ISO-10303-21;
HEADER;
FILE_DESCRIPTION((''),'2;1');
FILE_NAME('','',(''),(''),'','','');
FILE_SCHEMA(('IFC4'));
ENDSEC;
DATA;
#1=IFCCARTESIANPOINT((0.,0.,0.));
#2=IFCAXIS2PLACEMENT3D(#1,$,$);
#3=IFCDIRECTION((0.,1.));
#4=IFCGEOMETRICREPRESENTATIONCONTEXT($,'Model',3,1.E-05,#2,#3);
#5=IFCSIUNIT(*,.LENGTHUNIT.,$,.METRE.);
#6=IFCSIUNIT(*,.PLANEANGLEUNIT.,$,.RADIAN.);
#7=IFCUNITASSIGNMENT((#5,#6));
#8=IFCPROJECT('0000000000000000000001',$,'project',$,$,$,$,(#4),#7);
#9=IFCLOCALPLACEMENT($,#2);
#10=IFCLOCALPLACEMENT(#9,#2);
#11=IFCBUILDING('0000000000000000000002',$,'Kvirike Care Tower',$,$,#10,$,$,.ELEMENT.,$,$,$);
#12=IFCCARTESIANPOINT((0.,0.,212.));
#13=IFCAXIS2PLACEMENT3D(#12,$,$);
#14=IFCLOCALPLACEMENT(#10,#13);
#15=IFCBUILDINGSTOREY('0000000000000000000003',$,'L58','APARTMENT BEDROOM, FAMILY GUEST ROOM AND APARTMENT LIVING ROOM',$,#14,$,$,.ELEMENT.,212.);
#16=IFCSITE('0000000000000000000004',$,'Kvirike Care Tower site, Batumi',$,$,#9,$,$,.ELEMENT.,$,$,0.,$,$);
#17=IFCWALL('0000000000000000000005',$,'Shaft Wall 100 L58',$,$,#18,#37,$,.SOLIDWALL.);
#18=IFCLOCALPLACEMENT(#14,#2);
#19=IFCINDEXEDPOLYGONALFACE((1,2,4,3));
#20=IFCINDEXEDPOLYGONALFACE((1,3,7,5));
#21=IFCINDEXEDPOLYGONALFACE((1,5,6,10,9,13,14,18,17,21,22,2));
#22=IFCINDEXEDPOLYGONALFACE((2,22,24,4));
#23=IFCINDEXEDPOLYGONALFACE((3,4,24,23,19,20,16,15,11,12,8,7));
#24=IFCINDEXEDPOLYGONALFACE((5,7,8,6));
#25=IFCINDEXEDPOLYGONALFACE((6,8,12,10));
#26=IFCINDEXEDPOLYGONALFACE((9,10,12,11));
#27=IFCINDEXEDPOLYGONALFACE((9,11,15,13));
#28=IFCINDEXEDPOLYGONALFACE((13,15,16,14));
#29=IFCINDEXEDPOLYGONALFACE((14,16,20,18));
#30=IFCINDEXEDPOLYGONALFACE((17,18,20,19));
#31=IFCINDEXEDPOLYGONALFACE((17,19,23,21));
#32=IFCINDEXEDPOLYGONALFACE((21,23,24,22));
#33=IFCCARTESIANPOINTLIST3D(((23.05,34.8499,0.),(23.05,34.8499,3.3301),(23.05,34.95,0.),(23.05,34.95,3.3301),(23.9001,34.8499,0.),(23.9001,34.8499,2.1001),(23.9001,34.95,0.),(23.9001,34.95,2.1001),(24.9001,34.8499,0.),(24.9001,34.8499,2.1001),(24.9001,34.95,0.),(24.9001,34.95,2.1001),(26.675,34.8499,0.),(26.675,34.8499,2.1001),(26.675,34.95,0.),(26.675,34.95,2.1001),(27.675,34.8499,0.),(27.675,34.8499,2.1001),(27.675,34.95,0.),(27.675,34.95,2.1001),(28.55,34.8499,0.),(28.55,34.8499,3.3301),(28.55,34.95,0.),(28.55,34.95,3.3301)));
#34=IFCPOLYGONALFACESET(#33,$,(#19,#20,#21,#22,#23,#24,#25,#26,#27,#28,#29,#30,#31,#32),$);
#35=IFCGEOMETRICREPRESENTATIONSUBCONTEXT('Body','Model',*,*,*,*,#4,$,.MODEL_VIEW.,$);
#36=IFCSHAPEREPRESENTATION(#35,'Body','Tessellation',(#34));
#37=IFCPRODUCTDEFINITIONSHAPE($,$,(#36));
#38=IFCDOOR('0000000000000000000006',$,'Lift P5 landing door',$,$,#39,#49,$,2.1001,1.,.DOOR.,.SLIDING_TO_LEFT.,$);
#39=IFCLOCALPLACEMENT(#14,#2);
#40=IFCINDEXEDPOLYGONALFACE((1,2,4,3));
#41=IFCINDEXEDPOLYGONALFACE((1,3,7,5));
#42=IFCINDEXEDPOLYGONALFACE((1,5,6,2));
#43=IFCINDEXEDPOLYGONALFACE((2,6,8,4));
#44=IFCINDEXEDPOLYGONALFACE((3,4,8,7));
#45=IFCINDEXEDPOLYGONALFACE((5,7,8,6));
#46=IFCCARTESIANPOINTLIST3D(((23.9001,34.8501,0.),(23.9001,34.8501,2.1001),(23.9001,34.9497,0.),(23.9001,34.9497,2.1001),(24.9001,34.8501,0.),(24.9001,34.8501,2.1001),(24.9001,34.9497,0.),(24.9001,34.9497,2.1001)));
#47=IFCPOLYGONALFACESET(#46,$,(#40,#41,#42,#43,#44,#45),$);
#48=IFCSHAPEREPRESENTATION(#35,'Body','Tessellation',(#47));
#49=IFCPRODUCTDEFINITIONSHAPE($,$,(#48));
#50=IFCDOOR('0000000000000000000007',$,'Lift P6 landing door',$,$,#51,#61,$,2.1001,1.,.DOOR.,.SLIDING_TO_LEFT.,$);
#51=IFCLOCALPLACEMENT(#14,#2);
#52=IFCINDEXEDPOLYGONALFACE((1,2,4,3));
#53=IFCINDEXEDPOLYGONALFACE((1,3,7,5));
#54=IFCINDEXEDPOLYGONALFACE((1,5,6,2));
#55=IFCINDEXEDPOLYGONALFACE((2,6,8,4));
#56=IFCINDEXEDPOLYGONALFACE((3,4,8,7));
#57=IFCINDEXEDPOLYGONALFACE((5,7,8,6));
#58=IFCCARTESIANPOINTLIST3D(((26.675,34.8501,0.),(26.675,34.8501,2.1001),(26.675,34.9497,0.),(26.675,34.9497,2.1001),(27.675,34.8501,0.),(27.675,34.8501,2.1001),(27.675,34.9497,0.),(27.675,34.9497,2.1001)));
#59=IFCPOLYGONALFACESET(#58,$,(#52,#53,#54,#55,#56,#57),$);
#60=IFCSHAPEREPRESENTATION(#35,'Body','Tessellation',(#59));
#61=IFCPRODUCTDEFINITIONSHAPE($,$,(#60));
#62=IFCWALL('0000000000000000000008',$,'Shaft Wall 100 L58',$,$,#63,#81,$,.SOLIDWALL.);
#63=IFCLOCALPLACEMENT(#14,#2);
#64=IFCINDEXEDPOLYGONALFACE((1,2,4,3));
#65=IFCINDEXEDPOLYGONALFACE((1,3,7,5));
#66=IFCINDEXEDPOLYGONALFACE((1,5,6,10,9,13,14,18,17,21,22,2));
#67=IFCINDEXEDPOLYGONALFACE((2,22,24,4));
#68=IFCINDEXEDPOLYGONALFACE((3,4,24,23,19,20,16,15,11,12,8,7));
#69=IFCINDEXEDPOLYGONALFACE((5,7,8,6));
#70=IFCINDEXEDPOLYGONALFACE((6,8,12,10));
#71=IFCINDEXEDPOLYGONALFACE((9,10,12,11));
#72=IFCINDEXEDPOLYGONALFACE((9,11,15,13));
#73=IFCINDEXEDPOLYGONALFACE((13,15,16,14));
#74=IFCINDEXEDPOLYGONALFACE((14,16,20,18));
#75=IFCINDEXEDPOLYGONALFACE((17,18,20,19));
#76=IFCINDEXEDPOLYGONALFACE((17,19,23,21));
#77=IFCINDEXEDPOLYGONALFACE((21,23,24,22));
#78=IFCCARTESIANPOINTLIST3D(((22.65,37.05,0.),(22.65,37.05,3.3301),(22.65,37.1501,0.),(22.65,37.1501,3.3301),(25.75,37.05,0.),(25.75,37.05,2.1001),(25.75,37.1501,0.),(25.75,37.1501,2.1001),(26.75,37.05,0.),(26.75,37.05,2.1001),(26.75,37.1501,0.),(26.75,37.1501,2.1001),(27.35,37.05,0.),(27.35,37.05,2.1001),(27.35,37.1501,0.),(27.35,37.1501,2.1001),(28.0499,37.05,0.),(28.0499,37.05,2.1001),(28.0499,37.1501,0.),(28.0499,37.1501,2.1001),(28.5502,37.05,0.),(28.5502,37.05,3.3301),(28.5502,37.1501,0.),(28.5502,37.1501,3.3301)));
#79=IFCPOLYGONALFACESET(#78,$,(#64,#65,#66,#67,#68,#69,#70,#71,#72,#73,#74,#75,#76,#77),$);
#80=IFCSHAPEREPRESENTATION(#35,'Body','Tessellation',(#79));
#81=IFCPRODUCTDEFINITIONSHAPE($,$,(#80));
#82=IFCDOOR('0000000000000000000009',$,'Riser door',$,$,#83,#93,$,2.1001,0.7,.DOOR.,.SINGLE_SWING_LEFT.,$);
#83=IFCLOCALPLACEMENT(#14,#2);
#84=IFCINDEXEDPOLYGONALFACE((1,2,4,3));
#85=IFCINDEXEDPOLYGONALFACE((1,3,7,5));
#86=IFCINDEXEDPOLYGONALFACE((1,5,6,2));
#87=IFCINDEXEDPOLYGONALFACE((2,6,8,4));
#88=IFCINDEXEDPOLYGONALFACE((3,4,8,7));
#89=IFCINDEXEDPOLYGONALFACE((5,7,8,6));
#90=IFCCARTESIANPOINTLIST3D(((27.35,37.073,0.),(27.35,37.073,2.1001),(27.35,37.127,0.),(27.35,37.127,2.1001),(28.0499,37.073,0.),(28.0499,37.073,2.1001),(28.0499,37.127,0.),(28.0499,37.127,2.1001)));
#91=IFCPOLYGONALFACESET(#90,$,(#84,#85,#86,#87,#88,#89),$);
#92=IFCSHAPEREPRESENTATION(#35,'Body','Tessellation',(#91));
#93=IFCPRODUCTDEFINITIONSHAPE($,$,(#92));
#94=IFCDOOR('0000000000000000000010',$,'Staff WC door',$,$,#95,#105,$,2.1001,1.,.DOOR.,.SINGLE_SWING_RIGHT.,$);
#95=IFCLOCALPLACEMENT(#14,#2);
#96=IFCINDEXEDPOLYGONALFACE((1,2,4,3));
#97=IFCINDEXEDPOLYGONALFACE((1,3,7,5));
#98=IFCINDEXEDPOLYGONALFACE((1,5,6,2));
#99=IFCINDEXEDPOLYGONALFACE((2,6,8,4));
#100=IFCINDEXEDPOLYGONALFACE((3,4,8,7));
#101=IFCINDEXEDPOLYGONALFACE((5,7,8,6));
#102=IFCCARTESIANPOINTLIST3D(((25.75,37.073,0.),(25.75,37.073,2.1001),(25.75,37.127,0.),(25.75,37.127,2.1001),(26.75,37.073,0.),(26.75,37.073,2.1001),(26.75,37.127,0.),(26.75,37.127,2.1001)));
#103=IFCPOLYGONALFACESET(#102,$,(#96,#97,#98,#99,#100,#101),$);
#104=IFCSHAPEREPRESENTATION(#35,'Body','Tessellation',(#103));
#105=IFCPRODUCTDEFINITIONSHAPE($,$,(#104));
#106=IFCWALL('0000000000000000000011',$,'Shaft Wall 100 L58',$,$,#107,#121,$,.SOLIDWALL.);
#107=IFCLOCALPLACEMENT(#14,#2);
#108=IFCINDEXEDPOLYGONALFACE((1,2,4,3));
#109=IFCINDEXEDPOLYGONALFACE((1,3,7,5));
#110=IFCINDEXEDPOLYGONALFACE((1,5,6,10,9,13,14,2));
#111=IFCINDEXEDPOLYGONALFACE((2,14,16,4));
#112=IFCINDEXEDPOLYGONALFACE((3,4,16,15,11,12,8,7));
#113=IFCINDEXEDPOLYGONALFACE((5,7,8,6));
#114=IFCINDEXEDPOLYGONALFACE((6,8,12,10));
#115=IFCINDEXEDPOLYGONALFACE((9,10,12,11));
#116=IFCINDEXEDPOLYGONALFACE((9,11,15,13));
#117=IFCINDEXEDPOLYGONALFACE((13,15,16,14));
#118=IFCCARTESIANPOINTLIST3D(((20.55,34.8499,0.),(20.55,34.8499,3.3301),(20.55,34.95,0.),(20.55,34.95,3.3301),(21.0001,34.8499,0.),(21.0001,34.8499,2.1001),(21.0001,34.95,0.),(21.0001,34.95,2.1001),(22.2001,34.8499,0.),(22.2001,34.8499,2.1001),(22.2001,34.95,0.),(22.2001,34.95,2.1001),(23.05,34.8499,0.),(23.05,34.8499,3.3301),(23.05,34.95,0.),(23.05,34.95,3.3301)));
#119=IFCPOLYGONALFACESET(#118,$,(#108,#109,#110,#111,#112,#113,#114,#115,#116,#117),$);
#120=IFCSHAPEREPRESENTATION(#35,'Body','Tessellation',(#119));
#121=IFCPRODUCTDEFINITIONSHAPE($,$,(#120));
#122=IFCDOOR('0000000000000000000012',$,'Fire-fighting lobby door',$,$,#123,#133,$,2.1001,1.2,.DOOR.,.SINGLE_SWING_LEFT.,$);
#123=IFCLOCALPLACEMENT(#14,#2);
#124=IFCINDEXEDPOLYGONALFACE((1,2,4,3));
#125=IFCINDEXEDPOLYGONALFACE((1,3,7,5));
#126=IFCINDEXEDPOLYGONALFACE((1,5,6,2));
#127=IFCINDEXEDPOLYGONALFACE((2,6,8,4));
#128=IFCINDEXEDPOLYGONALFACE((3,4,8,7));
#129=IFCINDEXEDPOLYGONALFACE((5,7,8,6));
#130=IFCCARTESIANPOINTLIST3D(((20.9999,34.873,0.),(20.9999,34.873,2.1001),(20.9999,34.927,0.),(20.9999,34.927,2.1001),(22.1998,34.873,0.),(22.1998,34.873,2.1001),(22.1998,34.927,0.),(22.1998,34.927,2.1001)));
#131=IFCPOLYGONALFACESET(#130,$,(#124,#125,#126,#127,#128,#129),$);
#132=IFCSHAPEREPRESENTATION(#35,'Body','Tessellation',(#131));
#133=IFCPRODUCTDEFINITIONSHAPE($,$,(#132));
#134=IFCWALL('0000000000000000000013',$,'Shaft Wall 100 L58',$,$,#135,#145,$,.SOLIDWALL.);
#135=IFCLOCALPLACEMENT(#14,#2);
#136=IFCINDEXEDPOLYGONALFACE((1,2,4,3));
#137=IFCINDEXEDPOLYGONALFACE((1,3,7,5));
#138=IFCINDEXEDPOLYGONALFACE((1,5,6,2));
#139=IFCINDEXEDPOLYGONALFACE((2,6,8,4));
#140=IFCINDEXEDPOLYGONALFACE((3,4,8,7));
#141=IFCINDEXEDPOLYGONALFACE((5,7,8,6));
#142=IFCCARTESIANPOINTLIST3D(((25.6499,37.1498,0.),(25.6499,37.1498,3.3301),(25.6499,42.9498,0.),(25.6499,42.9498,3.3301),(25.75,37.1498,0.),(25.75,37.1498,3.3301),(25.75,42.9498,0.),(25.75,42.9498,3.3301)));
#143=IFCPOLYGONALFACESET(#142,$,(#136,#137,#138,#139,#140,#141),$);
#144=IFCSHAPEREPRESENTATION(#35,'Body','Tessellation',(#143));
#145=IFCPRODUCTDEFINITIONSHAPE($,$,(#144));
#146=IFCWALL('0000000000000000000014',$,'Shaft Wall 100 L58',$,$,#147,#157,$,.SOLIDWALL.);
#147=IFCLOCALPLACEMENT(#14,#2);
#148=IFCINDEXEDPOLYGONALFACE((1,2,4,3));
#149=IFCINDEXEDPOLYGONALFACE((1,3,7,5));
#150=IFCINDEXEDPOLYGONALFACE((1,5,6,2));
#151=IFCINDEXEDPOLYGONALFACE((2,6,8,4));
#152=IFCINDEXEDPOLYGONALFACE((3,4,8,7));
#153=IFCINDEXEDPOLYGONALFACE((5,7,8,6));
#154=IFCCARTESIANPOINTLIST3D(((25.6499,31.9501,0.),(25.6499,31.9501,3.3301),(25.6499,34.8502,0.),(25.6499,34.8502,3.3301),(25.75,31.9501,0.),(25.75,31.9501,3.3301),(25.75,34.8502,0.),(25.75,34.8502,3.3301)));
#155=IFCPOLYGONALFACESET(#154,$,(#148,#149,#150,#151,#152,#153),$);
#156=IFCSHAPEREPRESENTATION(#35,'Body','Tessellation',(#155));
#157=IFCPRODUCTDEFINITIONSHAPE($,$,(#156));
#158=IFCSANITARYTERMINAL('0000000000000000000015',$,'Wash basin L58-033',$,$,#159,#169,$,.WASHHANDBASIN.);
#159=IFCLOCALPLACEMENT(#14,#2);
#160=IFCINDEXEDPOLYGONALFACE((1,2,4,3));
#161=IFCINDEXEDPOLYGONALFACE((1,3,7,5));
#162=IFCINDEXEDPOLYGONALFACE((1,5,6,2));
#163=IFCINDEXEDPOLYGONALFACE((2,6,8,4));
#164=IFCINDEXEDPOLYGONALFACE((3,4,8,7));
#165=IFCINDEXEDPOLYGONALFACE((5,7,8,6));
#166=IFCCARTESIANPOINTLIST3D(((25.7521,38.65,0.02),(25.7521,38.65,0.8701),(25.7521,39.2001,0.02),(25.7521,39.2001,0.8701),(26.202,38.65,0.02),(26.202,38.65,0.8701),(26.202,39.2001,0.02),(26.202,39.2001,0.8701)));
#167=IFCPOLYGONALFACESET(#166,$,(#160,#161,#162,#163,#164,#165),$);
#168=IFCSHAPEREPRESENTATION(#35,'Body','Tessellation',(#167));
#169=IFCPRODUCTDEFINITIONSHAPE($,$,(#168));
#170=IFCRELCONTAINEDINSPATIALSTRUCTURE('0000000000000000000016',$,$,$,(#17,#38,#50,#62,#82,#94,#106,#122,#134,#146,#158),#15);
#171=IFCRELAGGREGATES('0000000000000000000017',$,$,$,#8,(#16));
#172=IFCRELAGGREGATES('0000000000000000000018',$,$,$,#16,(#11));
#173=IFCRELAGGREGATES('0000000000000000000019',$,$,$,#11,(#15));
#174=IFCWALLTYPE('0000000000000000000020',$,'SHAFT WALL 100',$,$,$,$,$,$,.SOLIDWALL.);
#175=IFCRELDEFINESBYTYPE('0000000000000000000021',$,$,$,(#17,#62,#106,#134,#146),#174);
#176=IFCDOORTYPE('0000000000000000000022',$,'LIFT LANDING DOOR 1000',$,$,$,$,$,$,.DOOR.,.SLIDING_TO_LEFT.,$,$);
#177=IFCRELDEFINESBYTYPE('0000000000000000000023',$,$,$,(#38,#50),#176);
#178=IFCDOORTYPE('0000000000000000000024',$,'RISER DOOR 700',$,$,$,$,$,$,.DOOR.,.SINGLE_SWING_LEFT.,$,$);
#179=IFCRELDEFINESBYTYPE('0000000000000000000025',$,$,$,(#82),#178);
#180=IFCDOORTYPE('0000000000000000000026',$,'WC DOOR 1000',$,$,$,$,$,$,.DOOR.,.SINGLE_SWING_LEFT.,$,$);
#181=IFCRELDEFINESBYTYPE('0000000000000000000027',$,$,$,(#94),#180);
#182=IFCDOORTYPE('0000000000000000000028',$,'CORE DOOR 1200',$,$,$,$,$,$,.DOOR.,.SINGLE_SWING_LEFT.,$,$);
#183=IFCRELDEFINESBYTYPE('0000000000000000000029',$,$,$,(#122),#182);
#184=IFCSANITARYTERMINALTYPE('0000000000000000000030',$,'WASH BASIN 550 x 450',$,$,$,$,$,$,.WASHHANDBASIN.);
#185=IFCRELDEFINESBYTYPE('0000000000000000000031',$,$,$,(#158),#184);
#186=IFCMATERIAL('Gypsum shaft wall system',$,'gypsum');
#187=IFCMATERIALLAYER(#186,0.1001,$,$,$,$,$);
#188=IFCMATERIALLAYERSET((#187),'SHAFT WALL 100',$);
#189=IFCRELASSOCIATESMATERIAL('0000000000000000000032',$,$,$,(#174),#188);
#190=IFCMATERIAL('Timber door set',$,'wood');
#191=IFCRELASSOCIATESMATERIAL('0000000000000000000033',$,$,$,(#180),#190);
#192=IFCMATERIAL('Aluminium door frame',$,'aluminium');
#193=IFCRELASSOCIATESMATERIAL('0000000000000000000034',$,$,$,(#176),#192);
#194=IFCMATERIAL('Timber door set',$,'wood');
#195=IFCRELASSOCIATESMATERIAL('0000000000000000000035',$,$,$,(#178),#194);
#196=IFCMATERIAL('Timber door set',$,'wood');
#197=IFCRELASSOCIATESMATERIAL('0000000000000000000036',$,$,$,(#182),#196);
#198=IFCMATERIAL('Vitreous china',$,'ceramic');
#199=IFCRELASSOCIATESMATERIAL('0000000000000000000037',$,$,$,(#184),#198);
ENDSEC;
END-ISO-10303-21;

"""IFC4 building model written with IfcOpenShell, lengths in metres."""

from ifc_helpers import new_model, si_unit, direction, frame, frame_2d, origin, origin_2d, place, context, subcontext, project, spatial, rectangle, extrude, material, layer, layer_set, type_object, element, fill, save


model = new_model("IFC4")

# Units and contexts
model_context = context("Model", 3, precision=1e-05, world=origin(), true_north=direction((0.0, 1.0)))
body_context = subcontext(model_context, "Body", "Model", "MODEL_VIEW")
ifc_project = project(units=[si_unit("LENGTHUNIT", "METRE"), si_unit("PLANEANGLEUNIT", "RADIAN")], contexts=[model_context])

# Site, building, storey
site_placement = place(None, origin())
site = spatial("IfcSite", under=ifc_project, at=site_placement, Name="Kvirike Care Tower site, Batumi", CompositionType="ELEMENT", RefElevation=0.0)
building_placement = place(site_placement, origin())
building = spatial("IfcBuilding", under=site, at=building_placement, Name="Kvirike Care Tower", CompositionType="ELEMENT")
storey_placement = place(building_placement, frame((0.0, 0.0, 212.0)))
storey = spatial("IfcBuildingStorey", under=building, at=storey_placement, Name="L58", Description="APARTMENT BEDROOM, FAMILY GUEST ROOM AND APARTMENT LIVING ROOM", CompositionType="ELEMENT", Elevation=212.0)

# Shared definitions
ifc_material_1 = material(Name="Gypsum shaft wall system", Category="gypsum")
ifc_layer_1 = layer(ifc_material_1, 0.1001)
ifc_layer_set_1 = layer_set([ifc_layer_1], Name="SHAFT WALL 100")
wall_type = type_object("IfcWallType", Name="SHAFT WALL 100", PredefinedType="SOLIDWALL", material=ifc_layer_set_1)

# Shared definitions
ifc_material_2 = material(Name="Timber door set", Category="wood")
door_type_1 = type_object("IfcDoorType", Name="WC DOOR 1000", OperationType="SINGLE_SWING_LEFT", PredefinedType="DOOR", material=ifc_material_2)

# Walls, openings, doors
wall_1_placement = place(storey_placement, frame((23.05, 34.8999, 0.0), z_axis=(0.0, 0.0, 1.0), x_axis=(1.0, 0.0, 0.0)))
wall_1 = element("IfcWall", 1, at=wall_1_placement, inside=storey, type_object=wall_type, Name="Shaft Wall 100 L58", PredefinedType="SOLIDWALL", context=body_context, shape_type="SweptSolid", body=[
    extrude(rectangle(XDim=5.5, YDim=0.1001, at=frame_2d((2.75, 0.0))), origin(), (0.0, 0.0, 1.0), 3.3301),
])
opening_1_placement = place(wall_1_placement, frame((0.8501, 0.0, 0.0)))
opening_1 = element("IfcOpeningElement", 2, at=opening_1_placement, cuts=wall_1, PredefinedType="OPENING", context=body_context, shape_type="SweptSolid", body=[
    extrude(rectangle(XDim=1.0, YDim=2.1001, at=frame_2d((0.5, 1.05))), frame((0.0, 0.0605, 0.0), z_axis=(0.0, -1.0, 0.0), x_axis=(1.0, 0.0, 0.0)), (0.0, 0.0, 1.0), 0.1211),
])
opening_2_placement = place(wall_1_placement, frame((3.625, 0.0, 0.0)))
opening_2 = element("IfcOpeningElement", 3, at=opening_2_placement, cuts=wall_1, PredefinedType="OPENING", context=body_context, shape_type="SweptSolid", body=[
    extrude(rectangle(XDim=1.0, YDim=2.1001, at=frame_2d((0.5, 1.05))), frame((0.0, 0.0605, 0.0), z_axis=(0.0, -1.0, 0.0), x_axis=(1.0, 0.0, 0.0)), (0.0, 0.0, 1.0), 0.1211),
])
ifc_material_3 = material(Name="Aluminium door frame", Category="aluminium")
door_type_2 = type_object("IfcDoorType", Name="LIFT LANDING DOOR 1000", OperationType="SLIDING_TO_LEFT", PredefinedType="DOOR", material=ifc_material_3)
door_1_placement = place(opening_1_placement, origin())
door_1 = element("IfcDoor", 4, at=door_1_placement, inside=storey, type_object=door_type_2, Name="Lift P5 landing door", OperationType="SLIDING_TO_LEFT", OverallHeight=2.1001, OverallWidth=1.0, PredefinedType="DOOR", context=body_context, shape_type="SweptSolid", body=[
    extrude(rectangle(XDim=1.0, YDim=2.1001, at=frame_2d((0.5, 1.05))), frame((0.0, 0.0498, 0.0), z_axis=(0.0, -1.0, 0.0), x_axis=(1.0, 0.0, 0.0)), (0.0, 0.0, 1.0), 0.0996),
])
fill(opening_1, door_1)
door_2_placement = place(opening_2_placement, origin())
door_2 = element("IfcDoor", 5, at=door_2_placement, inside=storey, type_object=door_type_2, Name="Lift P6 landing door", OperationType="SLIDING_TO_LEFT", OverallHeight=2.1001, OverallWidth=1.0, PredefinedType="DOOR", context=body_context, shape_type="SweptSolid", body=[
    extrude(rectangle(XDim=1.0, YDim=2.1001, at=frame_2d((0.5, 1.05))), frame((0.0, 0.0498, 0.0), z_axis=(0.0, -1.0, 0.0), x_axis=(1.0, 0.0, 0.0)), (0.0, 0.0, 1.0), 0.0996),
])
fill(opening_2, door_2)
wall_2_placement = place(storey_placement, frame((22.6499, 37.1001, 0.0), z_axis=(0.0, 0.0, 1.0), x_axis=(1.0, 0.0, 0.0)))
wall_2 = element("IfcWall", 6, at=wall_2_placement, inside=storey, type_object=wall_type, Name="Shaft Wall 100 L58", PredefinedType="SOLIDWALL", context=body_context, shape_type="SweptSolid", body=[
    extrude(rectangle(XDim=5.9001, YDim=0.1001, at=frame_2d((2.9502, 0.0))), origin(), (0.0, 0.0, 1.0), 3.3301),
])
opening_3_placement = place(wall_2_placement, frame((3.1001, 0.0, 0.0)))
opening_3 = element("IfcOpeningElement", 7, at=opening_3_placement, cuts=wall_2, PredefinedType="OPENING", context=body_context, shape_type="SweptSolid", body=[
    extrude(rectangle(XDim=1.0, YDim=2.1001, at=frame_2d((0.5, 1.05))), frame((0.0, 0.0605, 0.0), z_axis=(0.0, -1.0, 0.0), x_axis=(1.0, 0.0, 0.0)), (0.0, 0.0, 1.0), 0.1211),
])
opening_4_placement = place(wall_2_placement, frame((4.7, 0.0, 0.0)))
opening_4 = element("IfcOpeningElement", 8, at=opening_4_placement, cuts=wall_2, PredefinedType="OPENING", context=body_context, shape_type="SweptSolid", body=[
    extrude(rectangle(XDim=0.7, YDim=2.1001, at=frame_2d((0.3501, 1.05))), frame((0.0, 0.0605, 0.0), z_axis=(0.0, -1.0, 0.0), x_axis=(1.0, 0.0, 0.0)), (0.0, 0.0, 1.0), 0.1211),
])
ifc_material_4 = material(Name="Timber door set", Category="wood")
door_type_3 = type_object("IfcDoorType", Name="RISER DOOR 700", OperationType="SINGLE_SWING_LEFT", PredefinedType="DOOR", material=ifc_material_4)
door_3_placement = place(opening_4_placement, origin())
door_3 = element("IfcDoor", 9, at=door_3_placement, inside=storey, type_object=door_type_3, Name="Riser door", OperationType="SINGLE_SWING_LEFT", OverallHeight=2.1001, OverallWidth=0.7, PredefinedType="DOOR", context=body_context, shape_type="SweptSolid", body=[
    extrude(rectangle(XDim=0.7, YDim=2.1001, at=frame_2d((0.3501, 1.05))), frame((0.0, 0.0269, 0.0), z_axis=(0.0, -1.0, 0.0), x_axis=(1.0, 0.0, 0.0)), (0.0, 0.0, 1.0), 0.054),
])
fill(opening_4, door_3)
door_4_placement = place(opening_3_placement, origin())
door_4 = element("IfcDoor", 10, at=door_4_placement, inside=storey, type_object=door_type_1, Name="Staff WC door", OperationType="SINGLE_SWING_RIGHT", OverallHeight=2.1001, OverallWidth=1.0, PredefinedType="DOOR", context=body_context, shape_type="SweptSolid", body=[
    extrude(rectangle(XDim=1.0, YDim=2.1001, at=frame_2d((0.5, 1.05))), frame((0.0, 0.0269, 0.0), z_axis=(0.0, -1.0, 0.0), x_axis=(1.0, 0.0, 0.0)), (0.0, 0.0, 1.0), 0.054),
])
fill(opening_3, door_4)

# Wall, opening, door
wall_3_placement = place(storey_placement, frame((20.55, 34.8999, 0.0), z_axis=(0.0, 0.0, 1.0), x_axis=(1.0, 0.0, 0.0)))
wall_3 = element("IfcWall", 11, at=wall_3_placement, inside=storey, type_object=wall_type, Name="Shaft Wall 100 L58", PredefinedType="SOLIDWALL", context=body_context, shape_type="SweptSolid", body=[
    extrude(rectangle(XDim=2.5, YDim=0.1001, at=frame_2d((1.25, 0.0))), origin(), (0.0, 0.0, 1.0), 3.3301),
])
opening_5_placement = place(wall_3_placement, frame((0.45, 0.0, 0.0)))
opening_5 = element("IfcOpeningElement", 12, at=opening_5_placement, cuts=wall_3, PredefinedType="OPENING", context=body_context, shape_type="SweptSolid", body=[
    extrude(rectangle(XDim=1.2, YDim=2.1001, at=frame_2d((0.6001, 1.05))), frame((0.0, 0.0605, 0.0), z_axis=(0.0, -1.0, 0.0), x_axis=(1.0, 0.0, 0.0)), (0.0, 0.0, 1.0), 0.1211),
])
ifc_material_5 = material(Name="Timber door set", Category="wood")
door_type_4 = type_object("IfcDoorType", Name="CORE DOOR 1200", OperationType="SINGLE_SWING_LEFT", PredefinedType="DOOR", material=ifc_material_5)
door_5_placement = place(opening_5_placement, frame((1.2, 0.0, 0.0), z_axis=(0.0, 0.0, 1.0), x_axis=(-1.0, 0.0, 0.0)))
door_5 = element("IfcDoor", 13, at=door_5_placement, inside=storey, type_object=door_type_4, Name="Fire-fighting lobby door", OperationType="SINGLE_SWING_LEFT", OverallHeight=2.1001, OverallWidth=1.2, PredefinedType="DOOR", context=body_context, shape_type="SweptSolid", body=[
    extrude(rectangle(XDim=1.2, YDim=2.1001, at=frame_2d((0.6001, 1.05))), frame((0.0, 0.0269, 0.0), z_axis=(0.0, -1.0, 0.0), x_axis=(1.0, 0.0, 0.0)), (0.0, 0.0, 1.0), 0.054),
])
fill(opening_5, door_5)

# Walls
wall_4_placement = place(storey_placement, frame((25.7, 37.1499, 0.0), z_axis=(0.0, 0.0, 1.0), x_axis=(0.0, 1.0, 0.0)))
element("IfcWall", 14, at=wall_4_placement, inside=storey, type_object=wall_type, Name="Shaft Wall 100 L58", PredefinedType="SOLIDWALL", context=body_context, shape_type="SweptSolid", body=[
    extrude(rectangle(XDim=5.8, YDim=0.1001, at=frame_2d((2.8999, 0.0))), origin(), (0.0, 0.0, 1.0), 3.3301),
])
wall_5_placement = place(storey_placement, frame((25.7, 31.95, 0.0), z_axis=(0.0, 0.0, 1.0), x_axis=(0.0, 1.0, 0.0)))
element("IfcWall", 15, at=wall_5_placement, inside=storey, type_object=wall_type, Name="Shaft Wall 100 L58", PredefinedType="SOLIDWALL", context=body_context, shape_type="SweptSolid", body=[
    extrude(rectangle(XDim=2.9001, YDim=0.1001, at=frame_2d((1.4502, 0.0))), origin(), (0.0, 0.0, 1.0), 3.3301),
])

# Sanitary terminal
ifc_material_6 = material(Name="Vitreous china", Category="ceramic")
sanitary_terminal_type_1 = type_object("IfcSanitaryTerminalType", Name="WASH BASIN 550 x 450", PredefinedType="WASHHANDBASIN", material=ifc_material_6)
sanitary_terminal_1_placement = place(storey_placement, frame((25.9771, 38.925, 0.02), z_axis=(0.0, 0.0, 1.0), x_axis=(0.0, 1.0, 0.0)))
element("IfcSanitaryTerminal", 16, at=sanitary_terminal_1_placement, inside=storey, type_object=sanitary_terminal_type_1, Name="Wash basin L58-033", PredefinedType="WASHHANDBASIN", context=body_context, shape_type="SweptSolid", body=[
    extrude(rectangle(XDim=0.55, YDim=0.45, at=origin_2d()), origin(), (0.0, 0.0, 1.0), 0.8501),
])

save(model, "model.ifc")
